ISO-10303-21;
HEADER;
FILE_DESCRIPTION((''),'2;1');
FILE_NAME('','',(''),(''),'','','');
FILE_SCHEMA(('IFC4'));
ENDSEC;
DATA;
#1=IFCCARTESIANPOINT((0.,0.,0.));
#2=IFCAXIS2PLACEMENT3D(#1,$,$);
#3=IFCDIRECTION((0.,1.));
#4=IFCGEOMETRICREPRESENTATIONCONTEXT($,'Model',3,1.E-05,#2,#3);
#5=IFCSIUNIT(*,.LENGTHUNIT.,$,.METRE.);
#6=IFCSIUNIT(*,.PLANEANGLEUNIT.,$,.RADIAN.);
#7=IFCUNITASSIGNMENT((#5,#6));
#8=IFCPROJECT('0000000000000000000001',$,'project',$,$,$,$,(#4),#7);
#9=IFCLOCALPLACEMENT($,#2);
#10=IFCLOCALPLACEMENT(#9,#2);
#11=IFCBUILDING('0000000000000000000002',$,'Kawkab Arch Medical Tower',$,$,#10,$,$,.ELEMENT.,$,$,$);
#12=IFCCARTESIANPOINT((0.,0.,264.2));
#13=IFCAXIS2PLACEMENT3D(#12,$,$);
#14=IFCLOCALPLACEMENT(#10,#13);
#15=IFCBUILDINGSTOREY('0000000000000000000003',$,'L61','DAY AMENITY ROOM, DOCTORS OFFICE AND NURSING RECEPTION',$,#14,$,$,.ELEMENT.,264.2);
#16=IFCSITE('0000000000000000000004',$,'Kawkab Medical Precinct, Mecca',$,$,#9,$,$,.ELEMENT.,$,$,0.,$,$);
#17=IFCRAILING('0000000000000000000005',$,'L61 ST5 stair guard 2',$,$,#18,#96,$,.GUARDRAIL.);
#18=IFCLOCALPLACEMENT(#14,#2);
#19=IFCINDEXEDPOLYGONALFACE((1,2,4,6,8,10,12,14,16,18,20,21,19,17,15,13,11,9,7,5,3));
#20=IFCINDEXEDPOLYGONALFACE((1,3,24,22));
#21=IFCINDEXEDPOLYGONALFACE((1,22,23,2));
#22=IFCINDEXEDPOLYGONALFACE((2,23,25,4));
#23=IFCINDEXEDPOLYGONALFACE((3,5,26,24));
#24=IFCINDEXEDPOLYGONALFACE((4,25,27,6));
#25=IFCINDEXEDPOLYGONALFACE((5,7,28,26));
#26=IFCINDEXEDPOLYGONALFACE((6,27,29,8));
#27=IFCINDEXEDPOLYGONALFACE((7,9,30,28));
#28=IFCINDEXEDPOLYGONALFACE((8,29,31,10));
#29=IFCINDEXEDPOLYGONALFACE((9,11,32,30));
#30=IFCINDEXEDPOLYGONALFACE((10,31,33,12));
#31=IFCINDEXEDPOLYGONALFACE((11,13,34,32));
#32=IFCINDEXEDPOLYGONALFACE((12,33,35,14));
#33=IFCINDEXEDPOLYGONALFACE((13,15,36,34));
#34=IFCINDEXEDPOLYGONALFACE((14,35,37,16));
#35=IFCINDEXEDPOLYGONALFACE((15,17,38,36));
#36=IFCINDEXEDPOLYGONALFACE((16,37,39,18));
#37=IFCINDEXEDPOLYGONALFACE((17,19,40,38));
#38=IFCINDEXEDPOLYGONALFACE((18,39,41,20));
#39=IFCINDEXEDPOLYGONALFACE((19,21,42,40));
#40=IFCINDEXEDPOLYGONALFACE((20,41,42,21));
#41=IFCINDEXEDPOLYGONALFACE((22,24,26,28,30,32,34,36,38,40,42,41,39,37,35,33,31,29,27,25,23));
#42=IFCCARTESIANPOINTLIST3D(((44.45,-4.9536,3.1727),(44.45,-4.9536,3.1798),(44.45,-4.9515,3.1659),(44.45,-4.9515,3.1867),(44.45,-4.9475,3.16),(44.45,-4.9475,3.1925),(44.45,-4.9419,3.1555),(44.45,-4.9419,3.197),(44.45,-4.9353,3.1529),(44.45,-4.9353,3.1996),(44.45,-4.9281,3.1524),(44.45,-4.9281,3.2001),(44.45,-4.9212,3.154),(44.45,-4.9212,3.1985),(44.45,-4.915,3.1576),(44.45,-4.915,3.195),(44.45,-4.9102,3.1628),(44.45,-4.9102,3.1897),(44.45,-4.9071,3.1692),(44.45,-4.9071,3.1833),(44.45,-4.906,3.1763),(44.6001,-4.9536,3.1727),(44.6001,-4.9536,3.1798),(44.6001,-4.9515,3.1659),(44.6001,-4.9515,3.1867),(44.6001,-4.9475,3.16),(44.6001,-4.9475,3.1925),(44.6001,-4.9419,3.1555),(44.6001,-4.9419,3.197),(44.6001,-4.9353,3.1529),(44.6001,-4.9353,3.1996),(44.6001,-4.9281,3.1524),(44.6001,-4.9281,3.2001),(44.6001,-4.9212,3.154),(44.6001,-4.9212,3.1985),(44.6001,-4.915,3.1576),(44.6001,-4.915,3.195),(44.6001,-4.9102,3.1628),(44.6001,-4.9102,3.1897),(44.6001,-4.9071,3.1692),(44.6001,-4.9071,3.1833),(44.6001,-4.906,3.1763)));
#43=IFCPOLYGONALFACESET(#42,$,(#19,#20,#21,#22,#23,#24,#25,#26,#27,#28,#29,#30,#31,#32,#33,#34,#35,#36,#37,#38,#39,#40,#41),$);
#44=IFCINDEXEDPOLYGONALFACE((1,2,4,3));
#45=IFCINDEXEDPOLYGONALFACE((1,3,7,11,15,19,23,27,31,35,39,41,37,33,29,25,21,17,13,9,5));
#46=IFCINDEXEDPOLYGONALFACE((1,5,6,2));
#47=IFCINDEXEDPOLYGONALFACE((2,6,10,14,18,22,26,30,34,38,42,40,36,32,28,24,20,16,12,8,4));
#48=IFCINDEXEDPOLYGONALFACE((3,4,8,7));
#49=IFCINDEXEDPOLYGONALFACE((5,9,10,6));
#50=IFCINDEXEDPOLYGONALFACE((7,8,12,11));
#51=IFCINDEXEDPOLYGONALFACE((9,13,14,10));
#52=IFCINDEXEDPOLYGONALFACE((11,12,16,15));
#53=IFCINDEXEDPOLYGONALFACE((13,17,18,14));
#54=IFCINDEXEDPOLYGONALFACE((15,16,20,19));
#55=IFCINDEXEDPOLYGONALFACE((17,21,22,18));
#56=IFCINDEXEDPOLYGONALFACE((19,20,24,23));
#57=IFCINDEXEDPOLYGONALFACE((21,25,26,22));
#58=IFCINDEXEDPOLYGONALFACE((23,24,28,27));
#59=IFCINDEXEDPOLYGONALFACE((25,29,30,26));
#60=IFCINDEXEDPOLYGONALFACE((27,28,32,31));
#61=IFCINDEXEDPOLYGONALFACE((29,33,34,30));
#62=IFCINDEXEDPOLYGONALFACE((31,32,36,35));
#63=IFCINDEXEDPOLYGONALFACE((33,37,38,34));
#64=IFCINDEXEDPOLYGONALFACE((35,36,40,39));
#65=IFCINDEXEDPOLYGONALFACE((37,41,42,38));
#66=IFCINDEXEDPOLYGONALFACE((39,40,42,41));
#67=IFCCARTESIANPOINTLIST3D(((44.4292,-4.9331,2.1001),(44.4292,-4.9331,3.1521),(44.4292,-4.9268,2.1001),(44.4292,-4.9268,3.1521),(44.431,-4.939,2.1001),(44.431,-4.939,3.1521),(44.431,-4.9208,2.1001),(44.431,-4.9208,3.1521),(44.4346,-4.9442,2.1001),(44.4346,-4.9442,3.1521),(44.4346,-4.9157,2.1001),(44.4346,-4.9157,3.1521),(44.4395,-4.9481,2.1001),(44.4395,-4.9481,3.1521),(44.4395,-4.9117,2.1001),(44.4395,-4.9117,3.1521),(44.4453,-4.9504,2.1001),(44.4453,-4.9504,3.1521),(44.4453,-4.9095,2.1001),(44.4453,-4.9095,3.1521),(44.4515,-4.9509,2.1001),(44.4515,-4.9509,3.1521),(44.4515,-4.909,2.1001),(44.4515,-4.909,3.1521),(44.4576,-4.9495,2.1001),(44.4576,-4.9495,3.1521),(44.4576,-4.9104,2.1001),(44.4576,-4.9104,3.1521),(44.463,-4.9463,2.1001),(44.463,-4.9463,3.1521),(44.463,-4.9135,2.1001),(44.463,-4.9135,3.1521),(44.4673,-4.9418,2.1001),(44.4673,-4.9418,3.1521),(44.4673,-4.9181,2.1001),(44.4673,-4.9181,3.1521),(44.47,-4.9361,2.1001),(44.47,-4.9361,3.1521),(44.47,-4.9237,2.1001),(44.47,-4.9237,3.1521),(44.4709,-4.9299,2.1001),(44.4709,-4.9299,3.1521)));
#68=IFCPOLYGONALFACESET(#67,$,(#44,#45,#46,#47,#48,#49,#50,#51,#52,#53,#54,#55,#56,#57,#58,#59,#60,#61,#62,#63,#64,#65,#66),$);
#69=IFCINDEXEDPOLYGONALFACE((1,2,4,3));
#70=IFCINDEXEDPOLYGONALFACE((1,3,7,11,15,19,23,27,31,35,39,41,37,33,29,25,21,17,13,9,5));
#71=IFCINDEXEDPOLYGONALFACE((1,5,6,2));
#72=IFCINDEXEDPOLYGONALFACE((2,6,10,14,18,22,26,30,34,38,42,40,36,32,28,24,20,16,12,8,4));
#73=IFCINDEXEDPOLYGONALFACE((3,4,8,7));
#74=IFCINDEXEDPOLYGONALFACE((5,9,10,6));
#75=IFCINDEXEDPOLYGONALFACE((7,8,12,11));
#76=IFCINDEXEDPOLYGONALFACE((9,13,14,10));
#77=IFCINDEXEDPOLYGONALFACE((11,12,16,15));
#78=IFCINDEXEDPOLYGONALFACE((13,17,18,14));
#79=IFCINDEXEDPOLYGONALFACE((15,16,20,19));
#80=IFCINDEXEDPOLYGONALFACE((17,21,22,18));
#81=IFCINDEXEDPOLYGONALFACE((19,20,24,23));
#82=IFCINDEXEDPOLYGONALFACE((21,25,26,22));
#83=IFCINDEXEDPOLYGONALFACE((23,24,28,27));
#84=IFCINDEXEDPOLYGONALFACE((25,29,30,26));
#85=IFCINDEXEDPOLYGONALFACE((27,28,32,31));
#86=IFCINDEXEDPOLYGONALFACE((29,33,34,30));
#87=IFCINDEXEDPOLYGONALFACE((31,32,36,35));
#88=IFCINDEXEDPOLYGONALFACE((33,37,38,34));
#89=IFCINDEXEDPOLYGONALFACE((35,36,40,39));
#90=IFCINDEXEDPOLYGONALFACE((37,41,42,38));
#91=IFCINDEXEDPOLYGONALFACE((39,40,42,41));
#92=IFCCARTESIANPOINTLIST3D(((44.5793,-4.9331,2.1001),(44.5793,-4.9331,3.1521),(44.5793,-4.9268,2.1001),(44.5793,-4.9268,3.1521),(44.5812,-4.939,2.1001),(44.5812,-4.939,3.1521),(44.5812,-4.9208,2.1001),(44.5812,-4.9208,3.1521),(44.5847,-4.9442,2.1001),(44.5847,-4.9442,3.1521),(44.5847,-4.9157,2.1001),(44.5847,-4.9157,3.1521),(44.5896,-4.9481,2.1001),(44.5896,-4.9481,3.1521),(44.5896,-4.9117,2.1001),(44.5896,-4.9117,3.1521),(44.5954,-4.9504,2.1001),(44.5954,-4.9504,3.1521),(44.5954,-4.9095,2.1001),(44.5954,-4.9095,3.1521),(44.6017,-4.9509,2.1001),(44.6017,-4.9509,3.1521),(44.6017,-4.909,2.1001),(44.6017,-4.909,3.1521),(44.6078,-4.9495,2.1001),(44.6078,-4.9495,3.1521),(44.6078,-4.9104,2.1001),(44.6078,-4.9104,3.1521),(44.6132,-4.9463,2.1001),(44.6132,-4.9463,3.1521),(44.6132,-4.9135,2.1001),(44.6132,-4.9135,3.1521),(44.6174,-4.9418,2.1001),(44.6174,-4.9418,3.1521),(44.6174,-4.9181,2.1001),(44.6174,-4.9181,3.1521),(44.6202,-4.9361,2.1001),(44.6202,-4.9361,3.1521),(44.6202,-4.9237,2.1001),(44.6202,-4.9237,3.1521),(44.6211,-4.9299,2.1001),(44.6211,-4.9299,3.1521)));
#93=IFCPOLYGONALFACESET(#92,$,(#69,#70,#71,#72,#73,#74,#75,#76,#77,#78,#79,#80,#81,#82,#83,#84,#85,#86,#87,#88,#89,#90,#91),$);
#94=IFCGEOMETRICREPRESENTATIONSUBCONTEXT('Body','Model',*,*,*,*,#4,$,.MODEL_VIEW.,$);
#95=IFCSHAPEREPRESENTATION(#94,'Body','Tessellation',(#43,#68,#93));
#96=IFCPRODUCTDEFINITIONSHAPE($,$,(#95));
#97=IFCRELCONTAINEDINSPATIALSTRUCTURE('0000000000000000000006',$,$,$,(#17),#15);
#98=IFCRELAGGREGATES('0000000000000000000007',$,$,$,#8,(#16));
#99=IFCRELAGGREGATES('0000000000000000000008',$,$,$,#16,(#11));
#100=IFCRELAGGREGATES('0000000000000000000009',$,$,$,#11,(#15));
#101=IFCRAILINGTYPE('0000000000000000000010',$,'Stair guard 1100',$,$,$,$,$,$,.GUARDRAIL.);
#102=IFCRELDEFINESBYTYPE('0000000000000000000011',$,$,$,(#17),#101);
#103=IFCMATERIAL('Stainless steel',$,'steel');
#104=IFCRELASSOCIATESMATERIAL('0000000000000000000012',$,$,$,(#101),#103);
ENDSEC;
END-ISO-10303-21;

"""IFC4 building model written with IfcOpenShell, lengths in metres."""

from ifc_helpers import new_model, si_unit, direction, frame, origin, origin_2d, place, context, subcontext, project, spatial, circle, extrude, material, type_object, element, save


model = new_model("IFC4")

# Units and contexts
model_context = context("Model", 3, precision=1e-05, world=origin(), true_north=direction((0.0, 1.0)))
body_context = subcontext(model_context, "Body", "Model", "MODEL_VIEW")
ifc_project = project(units=[si_unit("LENGTHUNIT", "METRE"), si_unit("PLANEANGLEUNIT", "RADIAN")], contexts=[model_context])

# Site, building, storey
site_placement = place(None, origin())
site = spatial("IfcSite", under=ifc_project, at=site_placement, Name="Kawkab Medical Precinct, Mecca", CompositionType="ELEMENT", RefElevation=0.0)
building_placement = place(site_placement, origin())
building = spatial("IfcBuilding", under=site, at=building_placement, Name="Kawkab Arch Medical Tower", CompositionType="ELEMENT")
storey_placement = place(building_placement, frame((0.0, 0.0, 264.2)))
storey = spatial("IfcBuildingStorey", under=building, at=storey_placement, Name="L61", Description="DAY AMENITY ROOM, DOCTORS OFFICE AND NURSING RECEPTION", CompositionType="ELEMENT", Elevation=264.2)

# Railing
ifc_material_1 = material(Name="Stainless steel", Category="steel")
railing_type = type_object("IfcRailingType", Name="Stair guard 1100", PredefinedType="GUARDRAIL", material=ifc_material_1)
railing_1_placement = place(storey_placement, frame((44.45, -4.9299, 2.1001)))
element("IfcRailing", 1, at=railing_1_placement, inside=storey, type_object=railing_type, Name="L61 ST5 stair guard 2", PredefinedType="GUARDRAIL", context=body_context, shape_type="SweptSolid", body=[
    extrude(circle(Radius=0.0239, at=origin_2d()), frame((0.0, 0.0, 1.0762), z_axis=(1.0, 0.0, 0.0), x_axis=(0.0, 1.0, 0.0)), (0.0, 0.0, 1.0), 0.1501),
    extrude(circle(Radius=0.021, at=origin_2d()), origin(), (0.0, 0.0, 1.0), 1.052),
    extrude(circle(Radius=0.021, at=origin_2d()), frame((0.1501, 0.0, 0.0)), (0.0, 0.0, 1.0), 1.052),
])

save(model, "model.ifc")
